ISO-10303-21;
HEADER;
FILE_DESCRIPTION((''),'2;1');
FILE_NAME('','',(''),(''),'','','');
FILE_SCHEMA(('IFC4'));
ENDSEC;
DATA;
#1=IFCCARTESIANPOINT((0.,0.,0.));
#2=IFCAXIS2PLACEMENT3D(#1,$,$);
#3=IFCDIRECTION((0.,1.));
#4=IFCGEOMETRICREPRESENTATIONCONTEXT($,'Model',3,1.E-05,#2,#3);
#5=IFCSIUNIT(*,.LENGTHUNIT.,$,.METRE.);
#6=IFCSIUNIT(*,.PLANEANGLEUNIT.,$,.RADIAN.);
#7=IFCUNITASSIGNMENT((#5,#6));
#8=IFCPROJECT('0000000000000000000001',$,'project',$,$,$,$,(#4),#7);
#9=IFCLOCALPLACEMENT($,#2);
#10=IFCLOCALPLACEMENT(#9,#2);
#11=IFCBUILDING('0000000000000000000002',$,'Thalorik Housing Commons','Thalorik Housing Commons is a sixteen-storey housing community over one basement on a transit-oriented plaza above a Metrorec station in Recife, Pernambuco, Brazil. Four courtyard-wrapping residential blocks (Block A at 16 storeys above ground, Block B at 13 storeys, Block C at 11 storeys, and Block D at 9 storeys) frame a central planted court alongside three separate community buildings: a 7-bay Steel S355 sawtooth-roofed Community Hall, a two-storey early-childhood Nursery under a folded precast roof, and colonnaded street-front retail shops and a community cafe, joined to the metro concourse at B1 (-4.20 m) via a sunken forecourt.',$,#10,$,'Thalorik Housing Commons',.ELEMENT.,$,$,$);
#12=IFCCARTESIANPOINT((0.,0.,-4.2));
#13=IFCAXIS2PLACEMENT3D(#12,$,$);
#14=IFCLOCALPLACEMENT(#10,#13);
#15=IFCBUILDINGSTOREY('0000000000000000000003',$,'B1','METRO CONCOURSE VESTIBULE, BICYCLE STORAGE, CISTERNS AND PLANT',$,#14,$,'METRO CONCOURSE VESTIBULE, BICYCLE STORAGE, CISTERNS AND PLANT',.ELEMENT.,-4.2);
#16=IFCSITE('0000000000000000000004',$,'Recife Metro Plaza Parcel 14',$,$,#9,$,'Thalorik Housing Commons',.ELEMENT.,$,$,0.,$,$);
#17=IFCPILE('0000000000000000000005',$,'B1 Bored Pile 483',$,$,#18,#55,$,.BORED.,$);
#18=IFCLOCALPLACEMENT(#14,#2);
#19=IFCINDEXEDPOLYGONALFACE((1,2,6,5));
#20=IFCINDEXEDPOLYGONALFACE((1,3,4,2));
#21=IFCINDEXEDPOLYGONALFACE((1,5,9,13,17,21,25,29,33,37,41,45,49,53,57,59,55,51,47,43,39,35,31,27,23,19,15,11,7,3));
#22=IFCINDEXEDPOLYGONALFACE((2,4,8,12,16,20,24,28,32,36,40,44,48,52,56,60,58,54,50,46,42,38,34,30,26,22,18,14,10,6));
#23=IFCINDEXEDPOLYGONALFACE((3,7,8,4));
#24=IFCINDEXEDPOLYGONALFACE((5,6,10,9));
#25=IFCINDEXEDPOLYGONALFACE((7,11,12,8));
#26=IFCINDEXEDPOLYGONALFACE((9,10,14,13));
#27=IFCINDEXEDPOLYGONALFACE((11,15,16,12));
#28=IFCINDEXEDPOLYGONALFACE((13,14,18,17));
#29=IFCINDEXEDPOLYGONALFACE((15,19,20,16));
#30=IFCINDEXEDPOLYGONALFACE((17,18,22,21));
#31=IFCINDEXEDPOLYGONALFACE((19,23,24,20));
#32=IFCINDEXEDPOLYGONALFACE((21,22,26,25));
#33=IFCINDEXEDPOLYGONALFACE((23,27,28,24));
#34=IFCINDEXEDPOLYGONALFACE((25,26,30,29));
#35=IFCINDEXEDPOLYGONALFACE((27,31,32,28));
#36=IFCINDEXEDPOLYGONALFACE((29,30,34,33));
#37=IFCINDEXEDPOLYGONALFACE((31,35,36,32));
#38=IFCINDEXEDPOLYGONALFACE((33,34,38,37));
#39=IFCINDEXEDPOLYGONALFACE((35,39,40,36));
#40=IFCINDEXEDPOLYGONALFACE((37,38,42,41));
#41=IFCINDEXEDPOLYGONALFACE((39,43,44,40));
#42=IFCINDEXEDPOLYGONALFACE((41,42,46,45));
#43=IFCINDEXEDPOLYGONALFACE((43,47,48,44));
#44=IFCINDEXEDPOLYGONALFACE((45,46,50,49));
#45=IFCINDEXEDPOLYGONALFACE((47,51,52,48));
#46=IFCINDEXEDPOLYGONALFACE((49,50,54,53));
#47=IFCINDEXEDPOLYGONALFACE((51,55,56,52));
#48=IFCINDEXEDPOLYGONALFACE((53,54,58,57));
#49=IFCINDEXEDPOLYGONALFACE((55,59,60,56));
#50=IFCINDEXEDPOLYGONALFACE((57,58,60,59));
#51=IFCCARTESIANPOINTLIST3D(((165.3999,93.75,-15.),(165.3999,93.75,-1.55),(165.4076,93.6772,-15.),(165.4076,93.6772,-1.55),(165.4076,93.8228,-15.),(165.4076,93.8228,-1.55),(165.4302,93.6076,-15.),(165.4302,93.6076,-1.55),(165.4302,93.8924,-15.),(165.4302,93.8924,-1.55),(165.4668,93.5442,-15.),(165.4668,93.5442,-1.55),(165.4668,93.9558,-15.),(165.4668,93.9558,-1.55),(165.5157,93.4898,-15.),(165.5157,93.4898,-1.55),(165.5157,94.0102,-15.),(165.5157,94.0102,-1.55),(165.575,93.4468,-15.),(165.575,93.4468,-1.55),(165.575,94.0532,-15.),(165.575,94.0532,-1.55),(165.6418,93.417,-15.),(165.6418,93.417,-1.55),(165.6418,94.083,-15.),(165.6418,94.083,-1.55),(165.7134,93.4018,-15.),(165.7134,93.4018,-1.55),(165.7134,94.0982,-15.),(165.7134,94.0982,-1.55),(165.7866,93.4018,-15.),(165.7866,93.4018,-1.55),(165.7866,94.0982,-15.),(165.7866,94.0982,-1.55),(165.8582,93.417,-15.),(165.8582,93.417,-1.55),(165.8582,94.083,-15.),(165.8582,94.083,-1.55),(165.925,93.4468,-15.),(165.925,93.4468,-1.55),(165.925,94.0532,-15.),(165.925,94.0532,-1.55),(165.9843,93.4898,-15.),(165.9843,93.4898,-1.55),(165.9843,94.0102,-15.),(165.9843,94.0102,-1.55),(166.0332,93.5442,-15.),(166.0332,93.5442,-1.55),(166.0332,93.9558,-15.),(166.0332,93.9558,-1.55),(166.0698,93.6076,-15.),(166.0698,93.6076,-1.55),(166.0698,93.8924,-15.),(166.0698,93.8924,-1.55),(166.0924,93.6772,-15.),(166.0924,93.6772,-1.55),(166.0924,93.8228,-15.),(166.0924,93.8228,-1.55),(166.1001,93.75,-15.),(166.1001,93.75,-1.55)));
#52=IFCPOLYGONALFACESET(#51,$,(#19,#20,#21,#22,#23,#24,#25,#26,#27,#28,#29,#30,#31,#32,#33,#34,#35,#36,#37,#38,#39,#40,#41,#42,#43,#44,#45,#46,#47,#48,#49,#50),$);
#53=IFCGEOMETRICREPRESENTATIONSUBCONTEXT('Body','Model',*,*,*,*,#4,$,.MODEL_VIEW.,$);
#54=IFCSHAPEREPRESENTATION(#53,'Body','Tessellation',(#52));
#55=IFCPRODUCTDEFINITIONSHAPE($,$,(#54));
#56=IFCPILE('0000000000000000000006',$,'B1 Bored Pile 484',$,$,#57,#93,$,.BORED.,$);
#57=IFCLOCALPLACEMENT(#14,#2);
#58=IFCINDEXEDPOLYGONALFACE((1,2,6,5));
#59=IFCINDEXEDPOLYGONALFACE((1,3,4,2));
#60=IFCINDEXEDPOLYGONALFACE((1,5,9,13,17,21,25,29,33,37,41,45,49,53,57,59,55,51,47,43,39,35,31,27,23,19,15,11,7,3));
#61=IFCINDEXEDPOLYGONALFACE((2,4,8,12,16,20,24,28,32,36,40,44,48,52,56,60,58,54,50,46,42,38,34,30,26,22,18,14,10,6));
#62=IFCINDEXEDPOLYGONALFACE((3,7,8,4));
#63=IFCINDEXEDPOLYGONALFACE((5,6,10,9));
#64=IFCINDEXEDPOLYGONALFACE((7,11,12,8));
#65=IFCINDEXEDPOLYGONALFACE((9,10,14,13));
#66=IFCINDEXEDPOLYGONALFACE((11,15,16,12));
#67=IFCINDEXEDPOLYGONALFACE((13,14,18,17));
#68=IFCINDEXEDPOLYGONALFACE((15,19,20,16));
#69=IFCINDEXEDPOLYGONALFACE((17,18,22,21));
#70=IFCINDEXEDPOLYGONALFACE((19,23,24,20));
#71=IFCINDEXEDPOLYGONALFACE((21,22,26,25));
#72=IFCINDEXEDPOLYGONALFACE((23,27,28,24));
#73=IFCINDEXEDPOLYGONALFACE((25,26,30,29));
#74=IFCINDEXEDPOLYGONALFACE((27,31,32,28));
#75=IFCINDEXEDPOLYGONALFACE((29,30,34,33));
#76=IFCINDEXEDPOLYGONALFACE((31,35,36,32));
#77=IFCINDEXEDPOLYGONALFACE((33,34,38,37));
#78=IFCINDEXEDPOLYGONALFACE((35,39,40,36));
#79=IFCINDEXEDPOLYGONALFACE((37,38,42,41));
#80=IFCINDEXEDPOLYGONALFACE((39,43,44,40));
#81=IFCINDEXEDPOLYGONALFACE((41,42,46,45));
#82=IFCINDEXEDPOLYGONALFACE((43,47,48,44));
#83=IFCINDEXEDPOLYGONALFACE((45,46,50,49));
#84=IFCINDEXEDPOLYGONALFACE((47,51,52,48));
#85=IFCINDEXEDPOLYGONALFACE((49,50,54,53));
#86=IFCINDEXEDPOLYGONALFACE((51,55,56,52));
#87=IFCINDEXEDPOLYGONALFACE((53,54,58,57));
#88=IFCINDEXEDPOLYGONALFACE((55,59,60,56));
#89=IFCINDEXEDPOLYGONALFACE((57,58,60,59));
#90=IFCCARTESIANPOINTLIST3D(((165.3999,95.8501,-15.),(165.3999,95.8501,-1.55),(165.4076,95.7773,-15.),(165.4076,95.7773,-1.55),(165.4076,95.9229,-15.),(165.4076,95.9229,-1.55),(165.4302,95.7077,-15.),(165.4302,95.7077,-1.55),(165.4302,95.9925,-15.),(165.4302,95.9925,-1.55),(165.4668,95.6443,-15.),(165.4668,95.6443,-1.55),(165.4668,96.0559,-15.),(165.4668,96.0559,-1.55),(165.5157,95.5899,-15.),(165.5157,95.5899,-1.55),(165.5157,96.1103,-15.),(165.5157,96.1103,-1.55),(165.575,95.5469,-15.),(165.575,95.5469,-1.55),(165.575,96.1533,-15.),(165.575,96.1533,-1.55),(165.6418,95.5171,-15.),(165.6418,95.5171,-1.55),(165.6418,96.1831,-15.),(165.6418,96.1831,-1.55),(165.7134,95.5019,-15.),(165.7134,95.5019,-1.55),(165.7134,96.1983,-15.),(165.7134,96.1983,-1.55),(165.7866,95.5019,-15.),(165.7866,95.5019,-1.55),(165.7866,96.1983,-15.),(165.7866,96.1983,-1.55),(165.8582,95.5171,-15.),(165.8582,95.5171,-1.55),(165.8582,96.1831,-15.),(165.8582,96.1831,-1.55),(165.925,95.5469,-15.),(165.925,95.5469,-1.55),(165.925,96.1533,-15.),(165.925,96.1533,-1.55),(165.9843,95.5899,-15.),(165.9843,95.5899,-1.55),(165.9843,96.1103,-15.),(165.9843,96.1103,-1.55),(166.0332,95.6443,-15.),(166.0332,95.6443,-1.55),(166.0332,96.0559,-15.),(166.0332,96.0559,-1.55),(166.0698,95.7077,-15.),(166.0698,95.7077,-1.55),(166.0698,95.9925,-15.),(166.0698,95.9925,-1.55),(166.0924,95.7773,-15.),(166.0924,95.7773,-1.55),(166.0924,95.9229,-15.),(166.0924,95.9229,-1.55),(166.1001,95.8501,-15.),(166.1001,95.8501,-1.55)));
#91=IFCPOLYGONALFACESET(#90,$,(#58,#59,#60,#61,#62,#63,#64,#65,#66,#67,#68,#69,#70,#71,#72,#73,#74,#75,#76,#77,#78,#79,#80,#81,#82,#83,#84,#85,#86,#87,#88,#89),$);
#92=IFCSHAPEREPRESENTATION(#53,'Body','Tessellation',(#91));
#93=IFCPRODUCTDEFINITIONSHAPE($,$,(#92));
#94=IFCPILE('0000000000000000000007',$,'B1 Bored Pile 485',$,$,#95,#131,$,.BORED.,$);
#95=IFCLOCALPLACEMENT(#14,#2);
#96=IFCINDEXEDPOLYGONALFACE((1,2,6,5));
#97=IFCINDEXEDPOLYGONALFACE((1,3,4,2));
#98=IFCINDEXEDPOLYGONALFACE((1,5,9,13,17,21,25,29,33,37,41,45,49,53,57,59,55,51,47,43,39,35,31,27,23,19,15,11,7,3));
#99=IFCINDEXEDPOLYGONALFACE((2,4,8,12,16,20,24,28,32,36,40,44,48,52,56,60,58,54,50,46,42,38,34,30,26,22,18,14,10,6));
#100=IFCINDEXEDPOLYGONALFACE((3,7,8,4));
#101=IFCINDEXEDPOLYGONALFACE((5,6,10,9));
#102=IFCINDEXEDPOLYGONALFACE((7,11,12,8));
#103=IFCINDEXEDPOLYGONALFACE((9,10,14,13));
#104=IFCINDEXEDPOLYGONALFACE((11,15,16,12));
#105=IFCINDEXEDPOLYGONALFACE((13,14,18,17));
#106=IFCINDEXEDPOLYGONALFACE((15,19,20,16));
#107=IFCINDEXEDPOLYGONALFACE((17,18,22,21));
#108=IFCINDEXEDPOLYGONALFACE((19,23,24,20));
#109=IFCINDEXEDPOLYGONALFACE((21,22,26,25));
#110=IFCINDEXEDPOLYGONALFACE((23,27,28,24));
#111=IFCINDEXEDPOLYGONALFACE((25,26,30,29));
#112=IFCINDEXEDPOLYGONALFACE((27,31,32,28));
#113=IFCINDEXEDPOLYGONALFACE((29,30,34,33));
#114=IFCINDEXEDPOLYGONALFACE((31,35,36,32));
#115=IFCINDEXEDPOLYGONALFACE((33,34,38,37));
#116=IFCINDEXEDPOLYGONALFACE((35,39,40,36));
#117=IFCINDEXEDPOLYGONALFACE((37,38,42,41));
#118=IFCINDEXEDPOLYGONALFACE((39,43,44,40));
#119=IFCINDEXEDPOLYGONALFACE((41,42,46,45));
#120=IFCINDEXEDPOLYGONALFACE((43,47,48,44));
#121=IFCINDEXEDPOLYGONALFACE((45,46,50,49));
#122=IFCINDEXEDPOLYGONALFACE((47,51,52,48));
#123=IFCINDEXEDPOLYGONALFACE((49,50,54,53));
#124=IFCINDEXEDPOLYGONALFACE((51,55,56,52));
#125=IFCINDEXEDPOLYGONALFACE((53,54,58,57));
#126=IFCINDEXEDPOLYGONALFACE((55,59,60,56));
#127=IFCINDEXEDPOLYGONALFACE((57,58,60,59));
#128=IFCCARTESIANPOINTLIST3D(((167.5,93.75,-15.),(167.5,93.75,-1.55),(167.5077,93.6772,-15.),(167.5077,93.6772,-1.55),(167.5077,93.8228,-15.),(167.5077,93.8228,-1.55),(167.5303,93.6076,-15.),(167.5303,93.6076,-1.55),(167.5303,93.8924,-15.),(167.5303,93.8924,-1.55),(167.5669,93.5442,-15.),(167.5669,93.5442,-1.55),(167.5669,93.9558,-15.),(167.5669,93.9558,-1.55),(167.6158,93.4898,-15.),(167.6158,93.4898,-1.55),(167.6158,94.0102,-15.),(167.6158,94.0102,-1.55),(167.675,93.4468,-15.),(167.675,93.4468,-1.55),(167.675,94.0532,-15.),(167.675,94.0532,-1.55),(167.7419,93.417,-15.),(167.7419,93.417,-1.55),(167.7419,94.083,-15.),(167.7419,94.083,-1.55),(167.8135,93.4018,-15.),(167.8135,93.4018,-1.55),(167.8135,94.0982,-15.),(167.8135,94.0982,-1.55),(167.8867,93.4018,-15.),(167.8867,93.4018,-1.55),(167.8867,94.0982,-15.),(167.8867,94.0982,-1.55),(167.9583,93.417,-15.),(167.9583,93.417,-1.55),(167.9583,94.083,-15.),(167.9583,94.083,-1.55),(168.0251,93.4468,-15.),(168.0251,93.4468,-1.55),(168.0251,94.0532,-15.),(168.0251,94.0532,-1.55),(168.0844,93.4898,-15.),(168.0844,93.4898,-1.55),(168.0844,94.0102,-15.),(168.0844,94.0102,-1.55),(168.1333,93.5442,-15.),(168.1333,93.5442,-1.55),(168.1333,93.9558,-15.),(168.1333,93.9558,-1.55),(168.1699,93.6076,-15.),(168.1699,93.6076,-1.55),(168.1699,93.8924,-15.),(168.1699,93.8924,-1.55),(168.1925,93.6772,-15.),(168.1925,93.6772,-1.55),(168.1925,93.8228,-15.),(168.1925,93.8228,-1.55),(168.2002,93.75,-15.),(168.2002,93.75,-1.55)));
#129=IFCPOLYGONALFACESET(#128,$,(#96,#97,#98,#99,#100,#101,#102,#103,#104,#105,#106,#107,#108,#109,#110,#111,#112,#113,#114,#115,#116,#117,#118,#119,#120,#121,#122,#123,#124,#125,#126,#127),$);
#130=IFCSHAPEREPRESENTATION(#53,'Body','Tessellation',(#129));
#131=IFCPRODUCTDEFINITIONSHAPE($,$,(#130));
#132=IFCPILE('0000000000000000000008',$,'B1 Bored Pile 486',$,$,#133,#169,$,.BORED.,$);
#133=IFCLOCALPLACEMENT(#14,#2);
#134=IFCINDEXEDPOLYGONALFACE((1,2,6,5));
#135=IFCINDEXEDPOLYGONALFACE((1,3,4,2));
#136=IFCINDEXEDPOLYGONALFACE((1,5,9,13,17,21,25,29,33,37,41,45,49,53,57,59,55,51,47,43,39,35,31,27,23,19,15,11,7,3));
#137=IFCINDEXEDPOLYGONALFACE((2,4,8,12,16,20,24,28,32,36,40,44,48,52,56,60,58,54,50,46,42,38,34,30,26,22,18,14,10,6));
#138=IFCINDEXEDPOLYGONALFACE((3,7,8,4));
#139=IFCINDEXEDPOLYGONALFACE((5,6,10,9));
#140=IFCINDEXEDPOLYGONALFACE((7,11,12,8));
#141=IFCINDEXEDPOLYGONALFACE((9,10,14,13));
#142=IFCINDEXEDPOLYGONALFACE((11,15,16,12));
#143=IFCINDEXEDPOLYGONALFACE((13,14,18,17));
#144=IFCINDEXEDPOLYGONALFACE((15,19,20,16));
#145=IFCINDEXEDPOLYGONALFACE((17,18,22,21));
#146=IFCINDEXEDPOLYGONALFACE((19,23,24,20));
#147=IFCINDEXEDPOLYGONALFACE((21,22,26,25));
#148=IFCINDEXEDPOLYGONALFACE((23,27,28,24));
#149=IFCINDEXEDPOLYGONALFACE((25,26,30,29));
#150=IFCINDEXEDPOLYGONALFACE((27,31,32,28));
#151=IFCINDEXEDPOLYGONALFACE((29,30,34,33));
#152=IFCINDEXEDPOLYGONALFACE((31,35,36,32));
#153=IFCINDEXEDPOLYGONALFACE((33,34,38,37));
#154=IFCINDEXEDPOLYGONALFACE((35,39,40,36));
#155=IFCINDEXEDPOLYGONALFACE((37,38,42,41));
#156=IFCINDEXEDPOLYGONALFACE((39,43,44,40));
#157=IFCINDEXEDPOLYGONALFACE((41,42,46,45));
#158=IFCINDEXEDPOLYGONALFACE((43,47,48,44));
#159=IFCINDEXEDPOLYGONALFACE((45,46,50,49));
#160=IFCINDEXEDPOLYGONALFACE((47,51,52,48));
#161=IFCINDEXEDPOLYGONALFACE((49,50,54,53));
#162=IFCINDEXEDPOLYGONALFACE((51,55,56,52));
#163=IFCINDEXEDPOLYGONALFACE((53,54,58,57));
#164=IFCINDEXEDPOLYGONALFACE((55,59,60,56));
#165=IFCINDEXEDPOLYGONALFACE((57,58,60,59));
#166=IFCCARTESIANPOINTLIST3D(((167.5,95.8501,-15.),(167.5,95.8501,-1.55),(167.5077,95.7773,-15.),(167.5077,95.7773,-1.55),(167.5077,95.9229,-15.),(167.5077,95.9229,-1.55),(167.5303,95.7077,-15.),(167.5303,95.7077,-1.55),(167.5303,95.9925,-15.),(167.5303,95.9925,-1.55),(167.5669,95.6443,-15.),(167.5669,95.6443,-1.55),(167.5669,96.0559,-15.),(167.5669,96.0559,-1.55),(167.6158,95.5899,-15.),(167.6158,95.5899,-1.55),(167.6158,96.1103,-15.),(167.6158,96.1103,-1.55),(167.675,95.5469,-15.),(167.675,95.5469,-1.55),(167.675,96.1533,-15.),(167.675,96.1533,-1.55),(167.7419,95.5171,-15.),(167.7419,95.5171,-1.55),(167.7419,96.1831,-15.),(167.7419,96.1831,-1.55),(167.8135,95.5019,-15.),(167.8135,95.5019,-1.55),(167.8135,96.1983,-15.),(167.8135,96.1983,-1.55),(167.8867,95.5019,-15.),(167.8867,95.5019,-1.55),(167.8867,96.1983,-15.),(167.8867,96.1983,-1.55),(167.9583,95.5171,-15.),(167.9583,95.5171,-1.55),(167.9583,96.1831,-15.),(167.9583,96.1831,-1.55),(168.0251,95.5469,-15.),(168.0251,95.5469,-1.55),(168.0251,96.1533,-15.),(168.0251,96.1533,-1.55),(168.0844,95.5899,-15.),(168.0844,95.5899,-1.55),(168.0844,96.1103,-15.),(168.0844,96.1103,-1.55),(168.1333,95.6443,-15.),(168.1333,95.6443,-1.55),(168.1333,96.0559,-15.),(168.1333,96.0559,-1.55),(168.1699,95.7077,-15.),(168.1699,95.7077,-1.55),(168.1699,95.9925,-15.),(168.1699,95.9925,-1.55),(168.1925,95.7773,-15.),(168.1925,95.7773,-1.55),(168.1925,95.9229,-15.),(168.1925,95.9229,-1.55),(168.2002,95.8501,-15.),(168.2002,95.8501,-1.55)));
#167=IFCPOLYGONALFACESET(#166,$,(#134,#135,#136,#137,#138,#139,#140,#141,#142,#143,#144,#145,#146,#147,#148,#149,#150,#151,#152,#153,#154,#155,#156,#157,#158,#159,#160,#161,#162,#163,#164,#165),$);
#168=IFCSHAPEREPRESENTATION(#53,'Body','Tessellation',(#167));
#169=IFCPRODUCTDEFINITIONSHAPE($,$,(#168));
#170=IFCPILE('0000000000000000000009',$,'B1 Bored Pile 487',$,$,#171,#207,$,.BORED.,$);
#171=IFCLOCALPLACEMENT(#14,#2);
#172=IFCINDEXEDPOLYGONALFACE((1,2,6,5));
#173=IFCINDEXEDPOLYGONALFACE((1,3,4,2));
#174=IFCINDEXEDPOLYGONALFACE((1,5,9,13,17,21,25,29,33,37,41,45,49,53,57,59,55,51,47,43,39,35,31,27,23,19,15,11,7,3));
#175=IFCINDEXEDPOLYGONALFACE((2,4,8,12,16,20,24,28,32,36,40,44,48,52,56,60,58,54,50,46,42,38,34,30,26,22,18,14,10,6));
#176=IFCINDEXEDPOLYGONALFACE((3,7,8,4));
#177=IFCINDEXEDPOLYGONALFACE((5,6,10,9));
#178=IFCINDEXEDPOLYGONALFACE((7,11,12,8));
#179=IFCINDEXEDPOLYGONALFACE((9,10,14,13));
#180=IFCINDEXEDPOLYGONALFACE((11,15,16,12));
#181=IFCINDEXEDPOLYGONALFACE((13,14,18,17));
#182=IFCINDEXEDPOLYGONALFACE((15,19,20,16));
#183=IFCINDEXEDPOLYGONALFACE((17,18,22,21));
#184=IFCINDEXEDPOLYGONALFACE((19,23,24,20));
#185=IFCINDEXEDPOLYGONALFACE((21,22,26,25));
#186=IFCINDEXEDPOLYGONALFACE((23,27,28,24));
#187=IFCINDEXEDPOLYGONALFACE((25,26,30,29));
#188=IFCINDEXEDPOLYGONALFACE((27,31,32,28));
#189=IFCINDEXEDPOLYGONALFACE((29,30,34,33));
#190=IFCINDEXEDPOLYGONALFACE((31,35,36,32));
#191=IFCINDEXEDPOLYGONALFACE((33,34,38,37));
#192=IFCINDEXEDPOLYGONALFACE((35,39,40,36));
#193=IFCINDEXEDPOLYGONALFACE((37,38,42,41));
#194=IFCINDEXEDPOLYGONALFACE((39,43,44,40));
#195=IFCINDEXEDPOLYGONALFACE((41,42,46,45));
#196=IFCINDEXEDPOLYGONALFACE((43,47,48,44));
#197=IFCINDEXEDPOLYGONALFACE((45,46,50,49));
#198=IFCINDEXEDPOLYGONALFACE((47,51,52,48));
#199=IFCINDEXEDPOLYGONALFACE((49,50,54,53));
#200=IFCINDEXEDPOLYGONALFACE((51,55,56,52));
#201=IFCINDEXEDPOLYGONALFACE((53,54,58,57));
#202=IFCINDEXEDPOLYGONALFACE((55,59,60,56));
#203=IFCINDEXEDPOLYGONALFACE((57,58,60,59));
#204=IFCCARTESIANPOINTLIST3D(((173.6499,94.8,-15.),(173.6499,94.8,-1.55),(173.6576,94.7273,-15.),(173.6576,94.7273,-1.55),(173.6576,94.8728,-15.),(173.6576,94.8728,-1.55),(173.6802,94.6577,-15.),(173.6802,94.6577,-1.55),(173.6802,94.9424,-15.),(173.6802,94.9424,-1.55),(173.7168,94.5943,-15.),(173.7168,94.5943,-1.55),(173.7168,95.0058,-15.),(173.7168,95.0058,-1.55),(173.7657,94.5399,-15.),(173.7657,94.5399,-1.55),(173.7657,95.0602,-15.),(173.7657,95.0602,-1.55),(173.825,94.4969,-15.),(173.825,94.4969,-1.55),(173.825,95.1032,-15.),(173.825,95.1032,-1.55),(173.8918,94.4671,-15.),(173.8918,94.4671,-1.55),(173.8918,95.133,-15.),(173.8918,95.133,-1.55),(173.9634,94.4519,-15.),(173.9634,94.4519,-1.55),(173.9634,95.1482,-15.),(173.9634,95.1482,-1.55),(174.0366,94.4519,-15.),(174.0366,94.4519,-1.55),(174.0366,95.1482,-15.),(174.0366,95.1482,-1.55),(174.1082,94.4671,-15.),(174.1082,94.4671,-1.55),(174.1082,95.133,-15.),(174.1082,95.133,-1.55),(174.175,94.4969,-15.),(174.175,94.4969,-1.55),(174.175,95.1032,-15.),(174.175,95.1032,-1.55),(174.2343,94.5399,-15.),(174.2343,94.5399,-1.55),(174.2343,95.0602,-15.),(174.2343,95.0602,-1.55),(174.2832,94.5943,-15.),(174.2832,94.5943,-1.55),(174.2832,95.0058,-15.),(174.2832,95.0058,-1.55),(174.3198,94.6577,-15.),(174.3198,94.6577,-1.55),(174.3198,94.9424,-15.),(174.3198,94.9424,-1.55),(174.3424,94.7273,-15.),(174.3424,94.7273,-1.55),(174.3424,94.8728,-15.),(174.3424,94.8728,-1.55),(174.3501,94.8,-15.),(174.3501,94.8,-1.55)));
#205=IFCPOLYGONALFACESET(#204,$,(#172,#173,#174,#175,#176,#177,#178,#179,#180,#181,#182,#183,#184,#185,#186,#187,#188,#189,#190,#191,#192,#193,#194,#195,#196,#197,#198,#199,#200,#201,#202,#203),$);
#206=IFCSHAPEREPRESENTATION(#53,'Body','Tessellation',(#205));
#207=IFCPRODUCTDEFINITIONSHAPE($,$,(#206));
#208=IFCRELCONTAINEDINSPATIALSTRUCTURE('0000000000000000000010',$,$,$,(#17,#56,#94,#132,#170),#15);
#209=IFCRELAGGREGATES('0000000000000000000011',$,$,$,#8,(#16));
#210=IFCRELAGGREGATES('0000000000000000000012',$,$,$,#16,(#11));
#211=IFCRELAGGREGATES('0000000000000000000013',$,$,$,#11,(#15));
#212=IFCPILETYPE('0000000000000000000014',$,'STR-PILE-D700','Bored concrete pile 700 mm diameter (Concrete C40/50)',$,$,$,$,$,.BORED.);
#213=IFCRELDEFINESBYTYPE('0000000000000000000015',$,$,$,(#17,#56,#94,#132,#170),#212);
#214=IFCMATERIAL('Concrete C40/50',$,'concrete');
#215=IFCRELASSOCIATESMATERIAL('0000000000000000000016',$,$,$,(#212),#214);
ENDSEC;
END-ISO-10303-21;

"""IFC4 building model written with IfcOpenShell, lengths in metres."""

from ifc_helpers import new_model, si_unit, direction, frame, origin, origin_2d, place, context, subcontext, project, spatial, circle, extrude, material, material_profile, profile_set, type_object, element, save


model = new_model("IFC4")

# Units and contexts
model_context = context("Model", 3, precision=1e-05, world=origin(), true_north=direction((0.0, 1.0)))
body_context = subcontext(model_context, "Body", "Model", "MODEL_VIEW")
ifc_project = project(units=[si_unit("LENGTHUNIT", "METRE"), si_unit("PLANEANGLEUNIT", "RADIAN")], contexts=[model_context])

# Site, building, storey
site_placement = place(None, origin())
site = spatial("IfcSite", under=ifc_project, at=site_placement, Name="Recife Metro Plaza Parcel 14", LongName="Thalorik Housing Commons", CompositionType="ELEMENT", RefElevation=0.0)
building_placement = place(site_placement, origin())
building = spatial("IfcBuilding", under=site, at=building_placement, Name="Thalorik Housing Commons", Description="Thalorik Housing Commons is a sixteen-storey housing community over one basement on a transit-oriented plaza above a Metrorec station in Recife, Pernambuco, Brazil. Four courtyard-wrapping residential blocks (Block A at 16 storeys above ground, Block B at 13 storeys, Block C at 11 storeys, and Block D at 9 storeys) frame a central planted court alongside three separate community buildings: a 7-bay Steel S355 sawtooth-roofed Community Hall, a two-storey early-childhood Nursery under a folded precast roof, and colonnaded street-front retail shops and a community cafe, joined to the metro concourse at B1 (-4.20 m) via a sunken forecourt.", LongName="Thalorik Housing Commons", CompositionType="ELEMENT")
storey_placement = place(building_placement, frame((0.0, 0.0, -4.2)))
storey = spatial("IfcBuildingStorey", under=building, at=storey_placement, Name="B1", Description="METRO CONCOURSE VESTIBULE, BICYCLE STORAGE, CISTERNS AND PLANT", LongName="METRO CONCOURSE VESTIBULE, BICYCLE STORAGE, CISTERNS AND PLANT", CompositionType="ELEMENT", Elevation=-4.2)

# Shared definitions
ifc_material_1 = material(Name="Concrete C40/50", Category="concrete")

# Piles
ifc_material_profile_1 = material_profile(ifc_material_1, circle(Radius=0.3501, at=origin_2d()), Name="BORED PILE D700", Category="concrete")
ifc_profile_set_1 = profile_set([ifc_material_profile_1], Name="Concrete C40/50")
pile_type = type_object("IfcPileType", Name="STR-PILE-D700", Description="Bored concrete pile 700 mm diameter (Concrete C40/50)", PredefinedType="BORED", material=ifc_profile_set_1)
for number, where, z_axis, x_axis, name in (
    (1, (165.75, 93.75, -1.55), (0.0, 0.0, -1.0), (1.0, 0.0, 0.0), "B1 Bored Pile 483"),
    (2, (165.75, 95.8501, -1.55), (0.0, 0.0, -1.0), (1.0, 0.0, 0.0), "B1 Bored Pile 484"),
    (3, (167.8501, 93.75, -1.55), (0.0, 0.0, -1.0), (1.0, 0.0, 0.0), "B1 Bored Pile 485"),
    (4, (167.8501, 95.8501, -1.55), (0.0, 0.0, -1.0), (1.0, 0.0, 0.0), "B1 Bored Pile 486"),
    (5, (174.0, 94.8, -1.55), (0.0, 0.0, -1.0), (1.0, 0.0, 0.0), "B1 Bored Pile 487"),
):
    element("IfcPile", number, at=place(storey_placement, frame(where, z_axis=z_axis, x_axis=x_axis)), inside=storey, type_object=pile_type, Name=name, PredefinedType="BORED", context=body_context, shape_type="SweptSolid", body=[
        extrude(circle(Radius=0.3501, at=origin_2d()), origin(), (0.0, 0.0, 1.0), 13.45),
    ])

save(model, "model.ifc")
